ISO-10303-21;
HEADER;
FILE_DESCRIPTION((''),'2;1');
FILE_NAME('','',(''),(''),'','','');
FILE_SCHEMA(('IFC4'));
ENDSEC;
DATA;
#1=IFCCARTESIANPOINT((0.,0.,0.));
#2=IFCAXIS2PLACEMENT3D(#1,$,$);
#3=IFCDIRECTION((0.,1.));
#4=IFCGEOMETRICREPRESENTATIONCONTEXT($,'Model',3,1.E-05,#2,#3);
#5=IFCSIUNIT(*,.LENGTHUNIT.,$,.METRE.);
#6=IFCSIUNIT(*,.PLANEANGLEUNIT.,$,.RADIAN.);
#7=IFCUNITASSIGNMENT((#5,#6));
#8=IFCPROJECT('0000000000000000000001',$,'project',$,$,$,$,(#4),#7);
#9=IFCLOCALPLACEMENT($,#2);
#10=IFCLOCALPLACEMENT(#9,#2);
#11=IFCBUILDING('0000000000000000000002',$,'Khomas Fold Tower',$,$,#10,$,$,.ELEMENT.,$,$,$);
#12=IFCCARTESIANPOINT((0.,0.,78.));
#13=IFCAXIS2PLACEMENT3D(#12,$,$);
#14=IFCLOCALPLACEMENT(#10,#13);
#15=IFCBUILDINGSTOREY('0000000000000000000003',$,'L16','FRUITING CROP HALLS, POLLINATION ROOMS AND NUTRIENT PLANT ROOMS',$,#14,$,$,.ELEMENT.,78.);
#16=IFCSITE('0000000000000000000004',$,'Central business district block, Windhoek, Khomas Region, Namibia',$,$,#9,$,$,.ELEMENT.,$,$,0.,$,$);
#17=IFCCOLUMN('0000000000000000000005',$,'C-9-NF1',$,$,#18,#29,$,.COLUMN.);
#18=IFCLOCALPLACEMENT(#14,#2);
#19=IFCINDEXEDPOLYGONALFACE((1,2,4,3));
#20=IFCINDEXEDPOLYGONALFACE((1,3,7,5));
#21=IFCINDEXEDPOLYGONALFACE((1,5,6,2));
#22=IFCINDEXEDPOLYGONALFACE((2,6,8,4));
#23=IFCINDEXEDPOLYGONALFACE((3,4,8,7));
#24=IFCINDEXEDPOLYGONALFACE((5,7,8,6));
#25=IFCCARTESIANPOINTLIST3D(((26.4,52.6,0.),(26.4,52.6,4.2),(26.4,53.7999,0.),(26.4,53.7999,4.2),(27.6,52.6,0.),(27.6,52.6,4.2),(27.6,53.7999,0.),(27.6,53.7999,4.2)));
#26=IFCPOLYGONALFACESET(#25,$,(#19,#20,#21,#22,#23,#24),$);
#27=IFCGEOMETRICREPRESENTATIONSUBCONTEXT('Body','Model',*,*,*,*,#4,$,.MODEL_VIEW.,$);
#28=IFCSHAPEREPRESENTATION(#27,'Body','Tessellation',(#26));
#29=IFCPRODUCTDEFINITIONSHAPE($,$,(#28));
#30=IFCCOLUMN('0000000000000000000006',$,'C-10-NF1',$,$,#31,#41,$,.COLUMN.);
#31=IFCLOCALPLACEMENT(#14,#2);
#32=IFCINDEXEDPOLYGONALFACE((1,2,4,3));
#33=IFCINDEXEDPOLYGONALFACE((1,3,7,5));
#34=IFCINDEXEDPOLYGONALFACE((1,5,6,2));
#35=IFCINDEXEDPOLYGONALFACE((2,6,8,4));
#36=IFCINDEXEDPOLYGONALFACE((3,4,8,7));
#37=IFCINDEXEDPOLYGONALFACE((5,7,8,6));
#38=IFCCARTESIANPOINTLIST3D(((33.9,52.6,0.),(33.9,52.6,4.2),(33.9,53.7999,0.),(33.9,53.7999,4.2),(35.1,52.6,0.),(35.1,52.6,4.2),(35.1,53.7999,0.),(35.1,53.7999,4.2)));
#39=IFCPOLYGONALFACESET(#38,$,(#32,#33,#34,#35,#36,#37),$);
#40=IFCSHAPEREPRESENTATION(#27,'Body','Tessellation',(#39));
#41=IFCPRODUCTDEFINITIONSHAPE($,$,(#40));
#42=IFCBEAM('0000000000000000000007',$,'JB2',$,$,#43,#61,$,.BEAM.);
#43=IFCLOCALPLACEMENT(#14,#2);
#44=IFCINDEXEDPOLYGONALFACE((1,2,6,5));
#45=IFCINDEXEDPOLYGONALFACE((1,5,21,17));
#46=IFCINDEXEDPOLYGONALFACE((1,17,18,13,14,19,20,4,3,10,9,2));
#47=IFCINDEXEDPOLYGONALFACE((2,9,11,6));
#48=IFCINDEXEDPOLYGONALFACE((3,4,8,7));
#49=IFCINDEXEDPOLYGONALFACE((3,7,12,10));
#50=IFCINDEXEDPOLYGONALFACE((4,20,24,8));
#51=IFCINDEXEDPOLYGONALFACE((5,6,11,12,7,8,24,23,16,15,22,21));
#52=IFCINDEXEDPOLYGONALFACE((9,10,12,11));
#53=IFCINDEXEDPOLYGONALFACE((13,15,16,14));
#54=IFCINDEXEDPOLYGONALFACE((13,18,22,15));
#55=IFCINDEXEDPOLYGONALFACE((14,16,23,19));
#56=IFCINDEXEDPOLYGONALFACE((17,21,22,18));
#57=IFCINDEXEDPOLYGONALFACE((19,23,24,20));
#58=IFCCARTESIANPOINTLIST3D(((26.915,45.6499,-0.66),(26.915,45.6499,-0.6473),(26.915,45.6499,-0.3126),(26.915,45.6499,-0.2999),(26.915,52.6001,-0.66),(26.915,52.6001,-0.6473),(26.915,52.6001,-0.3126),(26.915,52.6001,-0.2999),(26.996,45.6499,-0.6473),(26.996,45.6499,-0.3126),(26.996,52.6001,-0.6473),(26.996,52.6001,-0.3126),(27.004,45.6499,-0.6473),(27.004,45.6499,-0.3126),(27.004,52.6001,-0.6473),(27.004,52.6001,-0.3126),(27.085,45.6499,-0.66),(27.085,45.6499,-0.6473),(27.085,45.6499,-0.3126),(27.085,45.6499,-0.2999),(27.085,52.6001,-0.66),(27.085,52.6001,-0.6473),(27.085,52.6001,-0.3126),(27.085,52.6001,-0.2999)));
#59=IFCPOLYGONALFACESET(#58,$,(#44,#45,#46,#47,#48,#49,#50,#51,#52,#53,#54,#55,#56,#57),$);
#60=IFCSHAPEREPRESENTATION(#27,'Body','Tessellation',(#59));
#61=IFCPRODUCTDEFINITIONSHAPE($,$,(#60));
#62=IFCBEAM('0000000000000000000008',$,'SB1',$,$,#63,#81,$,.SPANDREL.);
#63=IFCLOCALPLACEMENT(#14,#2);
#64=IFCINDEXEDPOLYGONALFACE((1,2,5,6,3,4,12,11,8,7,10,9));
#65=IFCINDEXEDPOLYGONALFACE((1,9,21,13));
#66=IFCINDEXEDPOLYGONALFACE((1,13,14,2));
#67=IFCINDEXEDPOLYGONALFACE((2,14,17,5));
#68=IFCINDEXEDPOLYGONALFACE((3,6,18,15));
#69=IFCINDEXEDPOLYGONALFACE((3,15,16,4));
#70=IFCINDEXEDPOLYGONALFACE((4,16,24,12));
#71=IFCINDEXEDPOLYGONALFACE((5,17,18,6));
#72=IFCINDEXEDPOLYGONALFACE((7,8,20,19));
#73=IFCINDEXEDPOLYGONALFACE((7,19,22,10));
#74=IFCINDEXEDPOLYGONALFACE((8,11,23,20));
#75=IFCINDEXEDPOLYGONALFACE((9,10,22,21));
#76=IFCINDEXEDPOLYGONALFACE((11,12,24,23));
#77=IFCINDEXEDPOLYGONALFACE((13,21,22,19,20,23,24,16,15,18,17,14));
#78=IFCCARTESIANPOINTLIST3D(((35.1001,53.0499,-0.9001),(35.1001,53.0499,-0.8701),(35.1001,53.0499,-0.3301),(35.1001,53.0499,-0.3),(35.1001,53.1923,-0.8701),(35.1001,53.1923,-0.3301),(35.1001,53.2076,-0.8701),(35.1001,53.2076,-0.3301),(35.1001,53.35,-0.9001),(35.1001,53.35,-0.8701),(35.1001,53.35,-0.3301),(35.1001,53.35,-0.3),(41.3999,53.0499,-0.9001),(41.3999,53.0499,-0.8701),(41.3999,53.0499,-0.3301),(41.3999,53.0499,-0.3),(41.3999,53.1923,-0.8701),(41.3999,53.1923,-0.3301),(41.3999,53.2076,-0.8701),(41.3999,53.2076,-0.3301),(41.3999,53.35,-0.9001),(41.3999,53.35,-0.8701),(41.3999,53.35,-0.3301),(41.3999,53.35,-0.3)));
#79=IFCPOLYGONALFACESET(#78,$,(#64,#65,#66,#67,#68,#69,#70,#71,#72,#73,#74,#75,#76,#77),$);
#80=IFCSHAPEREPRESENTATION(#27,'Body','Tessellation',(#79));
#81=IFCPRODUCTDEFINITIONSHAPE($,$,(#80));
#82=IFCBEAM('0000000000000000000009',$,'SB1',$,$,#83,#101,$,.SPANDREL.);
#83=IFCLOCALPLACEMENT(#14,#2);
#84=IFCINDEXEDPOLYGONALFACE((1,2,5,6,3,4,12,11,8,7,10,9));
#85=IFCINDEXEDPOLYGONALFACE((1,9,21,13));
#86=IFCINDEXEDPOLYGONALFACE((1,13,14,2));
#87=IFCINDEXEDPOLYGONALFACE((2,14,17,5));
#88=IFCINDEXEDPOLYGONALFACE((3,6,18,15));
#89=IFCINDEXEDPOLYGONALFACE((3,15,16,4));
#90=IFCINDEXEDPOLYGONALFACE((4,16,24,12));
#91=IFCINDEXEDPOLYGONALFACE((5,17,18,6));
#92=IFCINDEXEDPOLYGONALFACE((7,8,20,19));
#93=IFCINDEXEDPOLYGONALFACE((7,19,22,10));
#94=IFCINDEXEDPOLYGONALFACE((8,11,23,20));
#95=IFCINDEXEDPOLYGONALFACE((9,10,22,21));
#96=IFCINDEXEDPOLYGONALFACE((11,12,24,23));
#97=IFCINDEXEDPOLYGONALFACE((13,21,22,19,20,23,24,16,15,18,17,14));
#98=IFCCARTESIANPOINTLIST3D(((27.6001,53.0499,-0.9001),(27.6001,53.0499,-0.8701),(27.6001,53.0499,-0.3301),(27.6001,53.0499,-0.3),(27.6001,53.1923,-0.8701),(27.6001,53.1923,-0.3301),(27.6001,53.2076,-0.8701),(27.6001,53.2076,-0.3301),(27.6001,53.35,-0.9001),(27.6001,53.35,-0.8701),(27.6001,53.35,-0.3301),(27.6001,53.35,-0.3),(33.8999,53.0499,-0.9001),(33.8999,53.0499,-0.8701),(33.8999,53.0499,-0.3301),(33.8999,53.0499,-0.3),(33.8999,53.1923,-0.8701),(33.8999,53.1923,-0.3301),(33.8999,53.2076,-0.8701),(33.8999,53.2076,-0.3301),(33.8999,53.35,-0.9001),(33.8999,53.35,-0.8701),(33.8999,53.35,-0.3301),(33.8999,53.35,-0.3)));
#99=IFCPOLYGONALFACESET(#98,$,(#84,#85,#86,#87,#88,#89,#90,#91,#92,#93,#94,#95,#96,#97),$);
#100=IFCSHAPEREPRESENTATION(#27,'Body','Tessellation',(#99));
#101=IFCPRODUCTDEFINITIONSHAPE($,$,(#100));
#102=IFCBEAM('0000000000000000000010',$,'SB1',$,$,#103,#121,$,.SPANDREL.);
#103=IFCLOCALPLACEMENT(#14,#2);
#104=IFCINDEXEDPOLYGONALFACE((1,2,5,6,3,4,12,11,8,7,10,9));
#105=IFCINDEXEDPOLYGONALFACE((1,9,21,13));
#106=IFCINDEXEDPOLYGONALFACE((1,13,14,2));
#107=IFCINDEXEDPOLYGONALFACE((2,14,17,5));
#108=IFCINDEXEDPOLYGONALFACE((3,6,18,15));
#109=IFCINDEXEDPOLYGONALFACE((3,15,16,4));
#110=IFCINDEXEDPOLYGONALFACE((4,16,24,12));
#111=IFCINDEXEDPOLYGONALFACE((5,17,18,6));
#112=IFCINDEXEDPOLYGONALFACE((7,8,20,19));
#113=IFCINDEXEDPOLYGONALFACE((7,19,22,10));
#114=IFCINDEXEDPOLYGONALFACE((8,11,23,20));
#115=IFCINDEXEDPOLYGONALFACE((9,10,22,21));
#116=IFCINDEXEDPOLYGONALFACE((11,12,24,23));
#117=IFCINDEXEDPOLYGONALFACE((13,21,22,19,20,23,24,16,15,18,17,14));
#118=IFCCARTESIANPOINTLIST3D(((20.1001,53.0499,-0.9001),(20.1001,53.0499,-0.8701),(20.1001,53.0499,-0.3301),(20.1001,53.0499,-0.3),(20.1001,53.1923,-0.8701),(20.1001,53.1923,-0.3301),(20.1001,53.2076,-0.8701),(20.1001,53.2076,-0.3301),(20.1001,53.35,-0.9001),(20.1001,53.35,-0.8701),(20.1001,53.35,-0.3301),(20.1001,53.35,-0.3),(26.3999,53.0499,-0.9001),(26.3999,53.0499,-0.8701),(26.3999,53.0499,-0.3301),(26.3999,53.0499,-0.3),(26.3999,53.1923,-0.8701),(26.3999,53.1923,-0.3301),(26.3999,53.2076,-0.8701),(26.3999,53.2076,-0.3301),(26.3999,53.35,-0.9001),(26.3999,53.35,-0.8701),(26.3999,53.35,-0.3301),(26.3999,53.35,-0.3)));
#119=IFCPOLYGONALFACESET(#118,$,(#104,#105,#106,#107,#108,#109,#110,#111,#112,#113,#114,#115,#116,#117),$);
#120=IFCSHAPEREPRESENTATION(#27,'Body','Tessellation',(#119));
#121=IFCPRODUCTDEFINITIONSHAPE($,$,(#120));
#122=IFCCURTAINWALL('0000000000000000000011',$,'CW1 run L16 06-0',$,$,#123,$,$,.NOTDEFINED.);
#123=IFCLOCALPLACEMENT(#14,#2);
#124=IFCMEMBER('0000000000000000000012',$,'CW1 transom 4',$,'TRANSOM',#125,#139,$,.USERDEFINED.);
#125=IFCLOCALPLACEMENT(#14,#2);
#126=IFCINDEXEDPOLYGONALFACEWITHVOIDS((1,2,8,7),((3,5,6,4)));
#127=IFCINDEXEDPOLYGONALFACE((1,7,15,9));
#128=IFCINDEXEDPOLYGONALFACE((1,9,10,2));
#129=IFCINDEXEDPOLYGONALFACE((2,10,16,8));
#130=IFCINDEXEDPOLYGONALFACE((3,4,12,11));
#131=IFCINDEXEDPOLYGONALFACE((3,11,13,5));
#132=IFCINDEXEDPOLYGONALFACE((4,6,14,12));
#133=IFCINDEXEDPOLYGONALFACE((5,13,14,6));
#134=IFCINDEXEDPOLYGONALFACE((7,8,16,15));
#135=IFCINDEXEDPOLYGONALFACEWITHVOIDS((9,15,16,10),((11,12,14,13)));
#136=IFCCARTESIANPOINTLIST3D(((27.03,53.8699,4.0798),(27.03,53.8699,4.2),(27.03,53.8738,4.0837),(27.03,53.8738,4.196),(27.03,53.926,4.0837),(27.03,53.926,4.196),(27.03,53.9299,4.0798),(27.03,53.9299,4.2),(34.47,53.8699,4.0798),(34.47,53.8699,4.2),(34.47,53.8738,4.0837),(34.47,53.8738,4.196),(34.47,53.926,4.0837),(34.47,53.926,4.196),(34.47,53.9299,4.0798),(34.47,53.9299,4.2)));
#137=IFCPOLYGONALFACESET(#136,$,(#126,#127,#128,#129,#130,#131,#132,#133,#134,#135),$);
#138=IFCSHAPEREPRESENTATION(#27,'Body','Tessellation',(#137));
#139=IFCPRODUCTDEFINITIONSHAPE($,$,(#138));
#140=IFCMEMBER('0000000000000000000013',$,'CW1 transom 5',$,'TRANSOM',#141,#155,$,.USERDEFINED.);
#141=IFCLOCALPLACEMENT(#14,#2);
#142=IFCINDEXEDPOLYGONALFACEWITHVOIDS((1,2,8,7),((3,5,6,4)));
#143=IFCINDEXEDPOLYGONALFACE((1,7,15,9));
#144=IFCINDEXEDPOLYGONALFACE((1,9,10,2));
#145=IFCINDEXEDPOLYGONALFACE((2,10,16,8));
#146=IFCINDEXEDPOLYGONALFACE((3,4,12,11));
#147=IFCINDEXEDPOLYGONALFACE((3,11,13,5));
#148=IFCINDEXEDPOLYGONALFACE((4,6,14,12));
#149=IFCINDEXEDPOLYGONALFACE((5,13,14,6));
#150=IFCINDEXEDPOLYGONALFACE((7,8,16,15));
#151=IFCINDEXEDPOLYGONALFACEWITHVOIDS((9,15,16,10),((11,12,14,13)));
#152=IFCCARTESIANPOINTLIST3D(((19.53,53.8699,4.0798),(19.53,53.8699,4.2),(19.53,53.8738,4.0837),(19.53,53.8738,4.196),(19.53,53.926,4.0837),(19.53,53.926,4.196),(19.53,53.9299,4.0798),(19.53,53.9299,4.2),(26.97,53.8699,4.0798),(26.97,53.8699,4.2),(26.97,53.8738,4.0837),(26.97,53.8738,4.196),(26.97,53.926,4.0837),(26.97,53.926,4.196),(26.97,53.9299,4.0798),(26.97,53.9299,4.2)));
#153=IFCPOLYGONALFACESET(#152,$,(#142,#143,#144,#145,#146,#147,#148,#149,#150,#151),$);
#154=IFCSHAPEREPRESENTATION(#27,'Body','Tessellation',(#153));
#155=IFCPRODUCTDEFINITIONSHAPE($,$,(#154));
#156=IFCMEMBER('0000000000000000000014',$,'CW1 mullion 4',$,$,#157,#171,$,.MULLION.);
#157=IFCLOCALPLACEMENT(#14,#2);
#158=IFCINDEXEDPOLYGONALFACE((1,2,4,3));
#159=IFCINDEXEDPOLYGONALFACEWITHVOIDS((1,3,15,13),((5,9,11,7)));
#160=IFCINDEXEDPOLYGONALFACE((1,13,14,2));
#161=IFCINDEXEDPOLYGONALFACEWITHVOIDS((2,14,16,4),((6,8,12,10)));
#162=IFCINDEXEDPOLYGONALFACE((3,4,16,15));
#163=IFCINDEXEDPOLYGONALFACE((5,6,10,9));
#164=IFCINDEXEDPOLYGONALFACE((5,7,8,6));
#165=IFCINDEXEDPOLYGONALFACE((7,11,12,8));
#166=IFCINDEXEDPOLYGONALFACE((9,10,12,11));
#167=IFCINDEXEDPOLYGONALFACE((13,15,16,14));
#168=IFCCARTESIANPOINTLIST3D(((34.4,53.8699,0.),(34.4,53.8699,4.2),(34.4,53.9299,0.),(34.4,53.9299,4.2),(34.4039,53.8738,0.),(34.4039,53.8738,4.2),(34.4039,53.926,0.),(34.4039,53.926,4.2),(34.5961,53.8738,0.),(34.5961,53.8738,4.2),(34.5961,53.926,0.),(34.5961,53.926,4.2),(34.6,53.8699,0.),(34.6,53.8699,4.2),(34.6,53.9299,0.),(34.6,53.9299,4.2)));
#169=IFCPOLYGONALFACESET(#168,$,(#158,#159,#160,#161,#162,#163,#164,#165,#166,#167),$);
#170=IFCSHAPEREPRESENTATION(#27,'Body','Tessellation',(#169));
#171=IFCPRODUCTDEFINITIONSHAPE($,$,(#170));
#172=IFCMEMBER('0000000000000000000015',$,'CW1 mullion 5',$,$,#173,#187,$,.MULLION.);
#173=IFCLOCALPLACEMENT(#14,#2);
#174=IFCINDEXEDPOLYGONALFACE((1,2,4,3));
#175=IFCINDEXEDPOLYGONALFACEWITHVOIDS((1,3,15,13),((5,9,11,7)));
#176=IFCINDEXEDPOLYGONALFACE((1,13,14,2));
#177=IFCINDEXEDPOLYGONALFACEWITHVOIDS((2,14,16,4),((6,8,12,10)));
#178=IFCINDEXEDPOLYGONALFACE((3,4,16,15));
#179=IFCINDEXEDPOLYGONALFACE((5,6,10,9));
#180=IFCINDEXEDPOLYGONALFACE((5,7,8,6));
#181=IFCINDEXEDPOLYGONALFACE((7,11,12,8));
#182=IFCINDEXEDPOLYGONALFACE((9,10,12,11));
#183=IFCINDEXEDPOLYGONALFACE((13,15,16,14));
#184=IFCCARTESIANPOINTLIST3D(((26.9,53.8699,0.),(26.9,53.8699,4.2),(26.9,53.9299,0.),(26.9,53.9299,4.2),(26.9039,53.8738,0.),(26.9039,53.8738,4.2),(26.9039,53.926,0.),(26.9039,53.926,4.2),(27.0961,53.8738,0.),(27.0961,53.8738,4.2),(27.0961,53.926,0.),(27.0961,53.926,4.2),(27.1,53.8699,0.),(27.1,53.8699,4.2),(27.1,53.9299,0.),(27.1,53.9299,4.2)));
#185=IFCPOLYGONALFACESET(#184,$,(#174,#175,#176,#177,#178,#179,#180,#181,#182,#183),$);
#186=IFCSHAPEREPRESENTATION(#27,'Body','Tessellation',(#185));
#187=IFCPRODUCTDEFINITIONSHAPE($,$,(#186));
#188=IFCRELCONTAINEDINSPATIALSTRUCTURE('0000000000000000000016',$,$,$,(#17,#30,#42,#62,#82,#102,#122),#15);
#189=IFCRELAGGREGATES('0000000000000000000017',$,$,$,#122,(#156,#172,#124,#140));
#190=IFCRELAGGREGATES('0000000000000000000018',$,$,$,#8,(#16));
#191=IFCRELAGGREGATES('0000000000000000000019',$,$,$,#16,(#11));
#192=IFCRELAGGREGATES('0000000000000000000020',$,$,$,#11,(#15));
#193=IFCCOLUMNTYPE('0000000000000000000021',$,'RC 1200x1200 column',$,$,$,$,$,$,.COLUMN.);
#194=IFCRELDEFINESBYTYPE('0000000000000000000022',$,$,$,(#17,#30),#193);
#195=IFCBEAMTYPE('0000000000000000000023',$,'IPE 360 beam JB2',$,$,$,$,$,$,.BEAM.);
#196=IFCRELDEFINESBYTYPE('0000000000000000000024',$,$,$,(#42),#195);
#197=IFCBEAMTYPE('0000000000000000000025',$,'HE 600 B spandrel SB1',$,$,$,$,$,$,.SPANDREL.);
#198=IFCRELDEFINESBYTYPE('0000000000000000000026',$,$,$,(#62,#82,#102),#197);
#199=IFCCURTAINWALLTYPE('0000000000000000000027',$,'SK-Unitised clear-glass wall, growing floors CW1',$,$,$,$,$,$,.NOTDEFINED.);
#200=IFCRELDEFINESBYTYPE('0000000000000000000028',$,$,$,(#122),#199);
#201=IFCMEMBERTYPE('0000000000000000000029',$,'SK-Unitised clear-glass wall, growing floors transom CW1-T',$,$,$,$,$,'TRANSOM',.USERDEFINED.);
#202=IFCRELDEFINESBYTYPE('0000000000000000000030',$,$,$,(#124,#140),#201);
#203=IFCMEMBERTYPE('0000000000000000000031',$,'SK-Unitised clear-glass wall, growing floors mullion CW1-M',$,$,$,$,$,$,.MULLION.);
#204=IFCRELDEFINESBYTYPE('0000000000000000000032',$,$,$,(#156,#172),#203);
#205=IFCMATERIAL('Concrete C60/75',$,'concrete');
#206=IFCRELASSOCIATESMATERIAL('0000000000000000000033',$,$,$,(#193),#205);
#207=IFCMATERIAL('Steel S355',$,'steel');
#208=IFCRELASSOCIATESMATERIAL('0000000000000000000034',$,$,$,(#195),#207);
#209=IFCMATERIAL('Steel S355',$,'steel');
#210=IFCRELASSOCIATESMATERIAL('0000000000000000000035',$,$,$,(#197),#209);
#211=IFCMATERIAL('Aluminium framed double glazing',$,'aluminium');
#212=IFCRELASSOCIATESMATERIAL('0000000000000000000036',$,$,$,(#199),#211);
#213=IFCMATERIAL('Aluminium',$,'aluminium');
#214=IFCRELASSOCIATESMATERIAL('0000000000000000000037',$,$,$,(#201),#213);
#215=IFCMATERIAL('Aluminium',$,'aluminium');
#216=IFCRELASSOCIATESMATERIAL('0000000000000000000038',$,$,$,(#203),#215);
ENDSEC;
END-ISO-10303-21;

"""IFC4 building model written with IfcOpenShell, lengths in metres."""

from ifc_helpers import new_model, si_unit, direction, frame, origin, origin_2d, place, context, subcontext, project, spatial, rectangle, hollow_rectangle, i_section, extrude, source, transform, mapped, material, material_profile, profile_set, type_object, element, aggregate, save


model = new_model("IFC4")

# Units and contexts
model_context = context("Model", 3, precision=1e-05, world=origin(), true_north=direction((0.0, 1.0)))
body_context = subcontext(model_context, "Body", "Model", "MODEL_VIEW")
ifc_project = project(units=[si_unit("LENGTHUNIT", "METRE"), si_unit("PLANEANGLEUNIT", "RADIAN")], contexts=[model_context])

# Site, building, storey
site_placement = place(None, origin())
site = spatial("IfcSite", under=ifc_project, at=site_placement, Name="Central business district block, Windhoek, Khomas Region, Namibia", CompositionType="ELEMENT", RefElevation=0.0)
building_placement = place(site_placement, origin())
building = spatial("IfcBuilding", under=site, at=building_placement, Name="Khomas Fold Tower", CompositionType="ELEMENT")
storey_placement = place(building_placement, frame((0.0, 0.0, 78.0)))
storey = spatial("IfcBuildingStorey", under=building, at=storey_placement, Name="L16", Description="FRUITING CROP HALLS, POLLINATION ROOMS AND NUTRIENT PLANT ROOMS", CompositionType="ELEMENT", Elevation=78.0)

# Columns
ifc_material_1 = material(Name="Concrete C60/75", Category="concrete")
ifc_material_profile_1 = material_profile(ifc_material_1, rectangle(XDim=1.2, YDim=1.2, at=origin_2d()), Name="RC 1200x1200")
ifc_profile_set_1 = profile_set([ifc_material_profile_1], Name="Concrete C60/75")
column_type = type_object("IfcColumnType", Name="RC 1200x1200 column", PredefinedType="COLUMN", material=ifc_profile_set_1)
shared_shape_1 = source(origin(), body_context, "Body", "SweptSolid", [
    extrude(rectangle(XDim=1.2, YDim=1.2, at=origin_2d()), origin(), (0.0, 0.0, 1.0), 4.2),
])
for number, where, z_axis, x_axis, name in (
    (1, (27.0, 53.2, 0.0), (0.0, 0.0, 1.0), (1.0, 0.0, 0.0), "C-9-NF1"),
    (2, (34.5, 53.2, 0.0), (0.0, 0.0, 1.0), (1.0, 0.0, 0.0), "C-10-NF1"),
):
    element("IfcColumn", number, at=place(storey_placement, frame(where, z_axis=z_axis, x_axis=x_axis)), inside=storey, type_object=column_type, Name=name, PredefinedType="COLUMN", context=body_context, shape_type="MappedRepresentation", body=[
        mapped(shared_shape_1, transform((0.0, 0.0, 0.0))),
    ])

# Beams
ifc_material_2 = material(Name="Steel S355", Category="steel")
ifc_material_profile_2 = material_profile(ifc_material_2, i_section(OverallWidth=0.1699, OverallDepth=0.3601, WebThickness=0.0081, FlangeThickness=0.0127, at=origin_2d()), Name="IPE 360")
ifc_profile_set_2 = profile_set([ifc_material_profile_2], Name="Steel S355")
beam_type_1 = type_object("IfcBeamType", Name="IPE 360 beam JB2", PredefinedType="BEAM", material=ifc_profile_set_2)
shared_shape_2 = source(origin(), body_context, "Body", "SweptSolid", [
    extrude(i_section(OverallWidth=0.1699, OverallDepth=0.3601, WebThickness=0.0081, FlangeThickness=0.0127, at=origin_2d()), origin(), (0.0, 0.0, 1.0), 6.9502),
])
beam_placement = place(storey_placement, frame((27.0, 45.6499, -0.48), z_axis=(0.0, 1.0, 0.0), x_axis=(-1.0, 0.0, 0.0)))
element("IfcBeam", 3, at=beam_placement, inside=storey, type_object=beam_type_1, Name="JB2", PredefinedType="BEAM", context=body_context, shape_type="MappedRepresentation", body=[
    mapped(shared_shape_2, transform((0.0, 0.0, 0.0))),
])
ifc_material_3 = material(Name="Steel S355", Category="steel")
ifc_material_profile_3 = material_profile(ifc_material_3, i_section(OverallWidth=0.3, OverallDepth=0.6001, WebThickness=0.0154, FlangeThickness=0.03, at=origin_2d()), Name="HE 600 B")
ifc_profile_set_3 = profile_set([ifc_material_profile_3], Name="Steel S355")
beam_type_2 = type_object("IfcBeamType", Name="HE 600 B spandrel SB1", PredefinedType="SPANDREL", material=ifc_profile_set_3)
shared_shape_3 = source(origin(), body_context, "Body", "SweptSolid", [
    extrude(i_section(OverallWidth=0.3, OverallDepth=0.6001, WebThickness=0.0154, FlangeThickness=0.03, at=origin_2d()), origin(), (0.0, 0.0, 1.0), 6.2998),
])
for number, where, z_axis, x_axis, name in (
    (4, (35.1001, 53.2, -0.6001), (1.0, 0.0, 0.0), (0.0, 1.0, 0.0), "SB1"),
    (5, (27.6001, 53.2, -0.6001), (1.0, 0.0, 0.0), (0.0, 1.0, 0.0), "SB1"),
    (6, (20.1001, 53.2, -0.6001), (1.0, 0.0, 0.0), (0.0, 1.0, 0.0), "SB1"),
):
    element("IfcBeam", number, at=place(storey_placement, frame(where, z_axis=z_axis, x_axis=x_axis)), inside=storey, type_object=beam_type_2, Name=name, PredefinedType="SPANDREL", context=body_context, shape_type="MappedRepresentation", body=[
        mapped(shared_shape_3, transform((0.0, 0.0, 0.0))),
    ])

# Curtain wall, members
ifc_material_4 = material(Name="Aluminium framed double glazing", Category="aluminium")
curtain_wall_type = type_object("IfcCurtainWallType", Name="SK-Unitised clear-glass wall, growing floors CW1", PredefinedType="NOTDEFINED", material=ifc_material_4)
curtain_wall_placement = place(storey_placement, origin())
curtain_wall = element("IfcCurtainWall", 7, at=curtain_wall_placement, inside=storey, type_object=curtain_wall_type, Name="CW1 run L16 06-0", PredefinedType="NOTDEFINED")
ifc_material_5 = material(Name="Aluminium", Category="aluminium")
ifc_material_profile_4 = material_profile(ifc_material_5, hollow_rectangle(XDim=0.0601, YDim=0.1201, WallThickness=0.0039, at=origin_2d()), Name="SK-Unitised clear-glass wall, growing floors transom CW1-T")
ifc_profile_set_4 = profile_set([ifc_material_profile_4], Name="Aluminium")
member_type_1 = type_object("IfcMemberType", Name="SK-Unitised clear-glass wall, growing floors transom CW1-T", ElementType="TRANSOM", PredefinedType="USERDEFINED", material=ifc_profile_set_4)
shared_shape_4 = source(origin(), body_context, "Body", "SweptSolid", [
    extrude(hollow_rectangle(XDim=0.0601, YDim=0.1201, WallThickness=0.0039, at=origin_2d()), origin(), (0.0, 0.0, 1.0), 7.4399),
])
member_1_placement = place(storey_placement, frame((34.47, 53.8999, 4.1399), z_axis=(-1.0, 0.0, 0.0), x_axis=(0.0, -1.0, 0.0)))
member_1 = element("IfcMember", 8, at=member_1_placement, type_object=member_type_1, Name="CW1 transom 4", ObjectType="TRANSOM", PredefinedType="USERDEFINED", context=body_context, shape_type="MappedRepresentation", body=[
    mapped(shared_shape_4, transform((0.0, 0.0, 0.0))),
])
member_2_placement = place(storey_placement, frame((26.97, 53.8999, 4.1399), z_axis=(-1.0, 0.0, 0.0), x_axis=(0.0, -1.0, 0.0)))
member_2 = element("IfcMember", 9, at=member_2_placement, type_object=member_type_1, Name="CW1 transom 5", ObjectType="TRANSOM", PredefinedType="USERDEFINED", context=body_context, shape_type="MappedRepresentation", body=[
    mapped(shared_shape_4, transform((0.0, 0.0, 0.0))),
])
ifc_material_6 = material(Name="Aluminium", Category="aluminium")
ifc_material_profile_5 = material_profile(ifc_material_6, hollow_rectangle(XDim=0.0601, YDim=0.2, WallThickness=0.0039, at=origin_2d()), Name="SK-Unitised clear-glass wall, growing floors mullion CW1-M")
ifc_profile_set_5 = profile_set([ifc_material_profile_5], Name="Aluminium")
member_type_2 = type_object("IfcMemberType", Name="SK-Unitised clear-glass wall, growing floors mullion CW1-M", PredefinedType="MULLION", material=ifc_profile_set_5)
shared_shape_5 = source(origin(), body_context, "Body", "SweptSolid", [
    extrude(hollow_rectangle(XDim=0.0601, YDim=0.2, WallThickness=0.0039, at=origin_2d()), origin(), (0.0, 0.0, 1.0), 4.2),
])
member_3_placement = place(storey_placement, frame((34.5, 53.8999, 0.0), z_axis=(0.0, 0.0, 1.0), x_axis=(0.0, -1.0, 0.0)))
member_3 = element("IfcMember", 10, at=member_3_placement, type_object=member_type_2, Name="CW1 mullion 4", PredefinedType="MULLION", context=body_context, shape_type="MappedRepresentation", body=[
    mapped(shared_shape_5, transform((0.0, 0.0, 0.0))),
])
member_4_placement = place(storey_placement, frame((27.0, 53.8999, 0.0), z_axis=(0.0, 0.0, 1.0), x_axis=(0.0, -1.0, 0.0)))
member_4 = element("IfcMember", 11, at=member_4_placement, type_object=member_type_2, Name="CW1 mullion 5", PredefinedType="MULLION", context=body_context, shape_type="MappedRepresentation", body=[
    mapped(shared_shape_5, transform((0.0, 0.0, 0.0))),
])
aggregate(curtain_wall, [member_3, member_4, member_1, member_2])

save(model, "model.ifc")
